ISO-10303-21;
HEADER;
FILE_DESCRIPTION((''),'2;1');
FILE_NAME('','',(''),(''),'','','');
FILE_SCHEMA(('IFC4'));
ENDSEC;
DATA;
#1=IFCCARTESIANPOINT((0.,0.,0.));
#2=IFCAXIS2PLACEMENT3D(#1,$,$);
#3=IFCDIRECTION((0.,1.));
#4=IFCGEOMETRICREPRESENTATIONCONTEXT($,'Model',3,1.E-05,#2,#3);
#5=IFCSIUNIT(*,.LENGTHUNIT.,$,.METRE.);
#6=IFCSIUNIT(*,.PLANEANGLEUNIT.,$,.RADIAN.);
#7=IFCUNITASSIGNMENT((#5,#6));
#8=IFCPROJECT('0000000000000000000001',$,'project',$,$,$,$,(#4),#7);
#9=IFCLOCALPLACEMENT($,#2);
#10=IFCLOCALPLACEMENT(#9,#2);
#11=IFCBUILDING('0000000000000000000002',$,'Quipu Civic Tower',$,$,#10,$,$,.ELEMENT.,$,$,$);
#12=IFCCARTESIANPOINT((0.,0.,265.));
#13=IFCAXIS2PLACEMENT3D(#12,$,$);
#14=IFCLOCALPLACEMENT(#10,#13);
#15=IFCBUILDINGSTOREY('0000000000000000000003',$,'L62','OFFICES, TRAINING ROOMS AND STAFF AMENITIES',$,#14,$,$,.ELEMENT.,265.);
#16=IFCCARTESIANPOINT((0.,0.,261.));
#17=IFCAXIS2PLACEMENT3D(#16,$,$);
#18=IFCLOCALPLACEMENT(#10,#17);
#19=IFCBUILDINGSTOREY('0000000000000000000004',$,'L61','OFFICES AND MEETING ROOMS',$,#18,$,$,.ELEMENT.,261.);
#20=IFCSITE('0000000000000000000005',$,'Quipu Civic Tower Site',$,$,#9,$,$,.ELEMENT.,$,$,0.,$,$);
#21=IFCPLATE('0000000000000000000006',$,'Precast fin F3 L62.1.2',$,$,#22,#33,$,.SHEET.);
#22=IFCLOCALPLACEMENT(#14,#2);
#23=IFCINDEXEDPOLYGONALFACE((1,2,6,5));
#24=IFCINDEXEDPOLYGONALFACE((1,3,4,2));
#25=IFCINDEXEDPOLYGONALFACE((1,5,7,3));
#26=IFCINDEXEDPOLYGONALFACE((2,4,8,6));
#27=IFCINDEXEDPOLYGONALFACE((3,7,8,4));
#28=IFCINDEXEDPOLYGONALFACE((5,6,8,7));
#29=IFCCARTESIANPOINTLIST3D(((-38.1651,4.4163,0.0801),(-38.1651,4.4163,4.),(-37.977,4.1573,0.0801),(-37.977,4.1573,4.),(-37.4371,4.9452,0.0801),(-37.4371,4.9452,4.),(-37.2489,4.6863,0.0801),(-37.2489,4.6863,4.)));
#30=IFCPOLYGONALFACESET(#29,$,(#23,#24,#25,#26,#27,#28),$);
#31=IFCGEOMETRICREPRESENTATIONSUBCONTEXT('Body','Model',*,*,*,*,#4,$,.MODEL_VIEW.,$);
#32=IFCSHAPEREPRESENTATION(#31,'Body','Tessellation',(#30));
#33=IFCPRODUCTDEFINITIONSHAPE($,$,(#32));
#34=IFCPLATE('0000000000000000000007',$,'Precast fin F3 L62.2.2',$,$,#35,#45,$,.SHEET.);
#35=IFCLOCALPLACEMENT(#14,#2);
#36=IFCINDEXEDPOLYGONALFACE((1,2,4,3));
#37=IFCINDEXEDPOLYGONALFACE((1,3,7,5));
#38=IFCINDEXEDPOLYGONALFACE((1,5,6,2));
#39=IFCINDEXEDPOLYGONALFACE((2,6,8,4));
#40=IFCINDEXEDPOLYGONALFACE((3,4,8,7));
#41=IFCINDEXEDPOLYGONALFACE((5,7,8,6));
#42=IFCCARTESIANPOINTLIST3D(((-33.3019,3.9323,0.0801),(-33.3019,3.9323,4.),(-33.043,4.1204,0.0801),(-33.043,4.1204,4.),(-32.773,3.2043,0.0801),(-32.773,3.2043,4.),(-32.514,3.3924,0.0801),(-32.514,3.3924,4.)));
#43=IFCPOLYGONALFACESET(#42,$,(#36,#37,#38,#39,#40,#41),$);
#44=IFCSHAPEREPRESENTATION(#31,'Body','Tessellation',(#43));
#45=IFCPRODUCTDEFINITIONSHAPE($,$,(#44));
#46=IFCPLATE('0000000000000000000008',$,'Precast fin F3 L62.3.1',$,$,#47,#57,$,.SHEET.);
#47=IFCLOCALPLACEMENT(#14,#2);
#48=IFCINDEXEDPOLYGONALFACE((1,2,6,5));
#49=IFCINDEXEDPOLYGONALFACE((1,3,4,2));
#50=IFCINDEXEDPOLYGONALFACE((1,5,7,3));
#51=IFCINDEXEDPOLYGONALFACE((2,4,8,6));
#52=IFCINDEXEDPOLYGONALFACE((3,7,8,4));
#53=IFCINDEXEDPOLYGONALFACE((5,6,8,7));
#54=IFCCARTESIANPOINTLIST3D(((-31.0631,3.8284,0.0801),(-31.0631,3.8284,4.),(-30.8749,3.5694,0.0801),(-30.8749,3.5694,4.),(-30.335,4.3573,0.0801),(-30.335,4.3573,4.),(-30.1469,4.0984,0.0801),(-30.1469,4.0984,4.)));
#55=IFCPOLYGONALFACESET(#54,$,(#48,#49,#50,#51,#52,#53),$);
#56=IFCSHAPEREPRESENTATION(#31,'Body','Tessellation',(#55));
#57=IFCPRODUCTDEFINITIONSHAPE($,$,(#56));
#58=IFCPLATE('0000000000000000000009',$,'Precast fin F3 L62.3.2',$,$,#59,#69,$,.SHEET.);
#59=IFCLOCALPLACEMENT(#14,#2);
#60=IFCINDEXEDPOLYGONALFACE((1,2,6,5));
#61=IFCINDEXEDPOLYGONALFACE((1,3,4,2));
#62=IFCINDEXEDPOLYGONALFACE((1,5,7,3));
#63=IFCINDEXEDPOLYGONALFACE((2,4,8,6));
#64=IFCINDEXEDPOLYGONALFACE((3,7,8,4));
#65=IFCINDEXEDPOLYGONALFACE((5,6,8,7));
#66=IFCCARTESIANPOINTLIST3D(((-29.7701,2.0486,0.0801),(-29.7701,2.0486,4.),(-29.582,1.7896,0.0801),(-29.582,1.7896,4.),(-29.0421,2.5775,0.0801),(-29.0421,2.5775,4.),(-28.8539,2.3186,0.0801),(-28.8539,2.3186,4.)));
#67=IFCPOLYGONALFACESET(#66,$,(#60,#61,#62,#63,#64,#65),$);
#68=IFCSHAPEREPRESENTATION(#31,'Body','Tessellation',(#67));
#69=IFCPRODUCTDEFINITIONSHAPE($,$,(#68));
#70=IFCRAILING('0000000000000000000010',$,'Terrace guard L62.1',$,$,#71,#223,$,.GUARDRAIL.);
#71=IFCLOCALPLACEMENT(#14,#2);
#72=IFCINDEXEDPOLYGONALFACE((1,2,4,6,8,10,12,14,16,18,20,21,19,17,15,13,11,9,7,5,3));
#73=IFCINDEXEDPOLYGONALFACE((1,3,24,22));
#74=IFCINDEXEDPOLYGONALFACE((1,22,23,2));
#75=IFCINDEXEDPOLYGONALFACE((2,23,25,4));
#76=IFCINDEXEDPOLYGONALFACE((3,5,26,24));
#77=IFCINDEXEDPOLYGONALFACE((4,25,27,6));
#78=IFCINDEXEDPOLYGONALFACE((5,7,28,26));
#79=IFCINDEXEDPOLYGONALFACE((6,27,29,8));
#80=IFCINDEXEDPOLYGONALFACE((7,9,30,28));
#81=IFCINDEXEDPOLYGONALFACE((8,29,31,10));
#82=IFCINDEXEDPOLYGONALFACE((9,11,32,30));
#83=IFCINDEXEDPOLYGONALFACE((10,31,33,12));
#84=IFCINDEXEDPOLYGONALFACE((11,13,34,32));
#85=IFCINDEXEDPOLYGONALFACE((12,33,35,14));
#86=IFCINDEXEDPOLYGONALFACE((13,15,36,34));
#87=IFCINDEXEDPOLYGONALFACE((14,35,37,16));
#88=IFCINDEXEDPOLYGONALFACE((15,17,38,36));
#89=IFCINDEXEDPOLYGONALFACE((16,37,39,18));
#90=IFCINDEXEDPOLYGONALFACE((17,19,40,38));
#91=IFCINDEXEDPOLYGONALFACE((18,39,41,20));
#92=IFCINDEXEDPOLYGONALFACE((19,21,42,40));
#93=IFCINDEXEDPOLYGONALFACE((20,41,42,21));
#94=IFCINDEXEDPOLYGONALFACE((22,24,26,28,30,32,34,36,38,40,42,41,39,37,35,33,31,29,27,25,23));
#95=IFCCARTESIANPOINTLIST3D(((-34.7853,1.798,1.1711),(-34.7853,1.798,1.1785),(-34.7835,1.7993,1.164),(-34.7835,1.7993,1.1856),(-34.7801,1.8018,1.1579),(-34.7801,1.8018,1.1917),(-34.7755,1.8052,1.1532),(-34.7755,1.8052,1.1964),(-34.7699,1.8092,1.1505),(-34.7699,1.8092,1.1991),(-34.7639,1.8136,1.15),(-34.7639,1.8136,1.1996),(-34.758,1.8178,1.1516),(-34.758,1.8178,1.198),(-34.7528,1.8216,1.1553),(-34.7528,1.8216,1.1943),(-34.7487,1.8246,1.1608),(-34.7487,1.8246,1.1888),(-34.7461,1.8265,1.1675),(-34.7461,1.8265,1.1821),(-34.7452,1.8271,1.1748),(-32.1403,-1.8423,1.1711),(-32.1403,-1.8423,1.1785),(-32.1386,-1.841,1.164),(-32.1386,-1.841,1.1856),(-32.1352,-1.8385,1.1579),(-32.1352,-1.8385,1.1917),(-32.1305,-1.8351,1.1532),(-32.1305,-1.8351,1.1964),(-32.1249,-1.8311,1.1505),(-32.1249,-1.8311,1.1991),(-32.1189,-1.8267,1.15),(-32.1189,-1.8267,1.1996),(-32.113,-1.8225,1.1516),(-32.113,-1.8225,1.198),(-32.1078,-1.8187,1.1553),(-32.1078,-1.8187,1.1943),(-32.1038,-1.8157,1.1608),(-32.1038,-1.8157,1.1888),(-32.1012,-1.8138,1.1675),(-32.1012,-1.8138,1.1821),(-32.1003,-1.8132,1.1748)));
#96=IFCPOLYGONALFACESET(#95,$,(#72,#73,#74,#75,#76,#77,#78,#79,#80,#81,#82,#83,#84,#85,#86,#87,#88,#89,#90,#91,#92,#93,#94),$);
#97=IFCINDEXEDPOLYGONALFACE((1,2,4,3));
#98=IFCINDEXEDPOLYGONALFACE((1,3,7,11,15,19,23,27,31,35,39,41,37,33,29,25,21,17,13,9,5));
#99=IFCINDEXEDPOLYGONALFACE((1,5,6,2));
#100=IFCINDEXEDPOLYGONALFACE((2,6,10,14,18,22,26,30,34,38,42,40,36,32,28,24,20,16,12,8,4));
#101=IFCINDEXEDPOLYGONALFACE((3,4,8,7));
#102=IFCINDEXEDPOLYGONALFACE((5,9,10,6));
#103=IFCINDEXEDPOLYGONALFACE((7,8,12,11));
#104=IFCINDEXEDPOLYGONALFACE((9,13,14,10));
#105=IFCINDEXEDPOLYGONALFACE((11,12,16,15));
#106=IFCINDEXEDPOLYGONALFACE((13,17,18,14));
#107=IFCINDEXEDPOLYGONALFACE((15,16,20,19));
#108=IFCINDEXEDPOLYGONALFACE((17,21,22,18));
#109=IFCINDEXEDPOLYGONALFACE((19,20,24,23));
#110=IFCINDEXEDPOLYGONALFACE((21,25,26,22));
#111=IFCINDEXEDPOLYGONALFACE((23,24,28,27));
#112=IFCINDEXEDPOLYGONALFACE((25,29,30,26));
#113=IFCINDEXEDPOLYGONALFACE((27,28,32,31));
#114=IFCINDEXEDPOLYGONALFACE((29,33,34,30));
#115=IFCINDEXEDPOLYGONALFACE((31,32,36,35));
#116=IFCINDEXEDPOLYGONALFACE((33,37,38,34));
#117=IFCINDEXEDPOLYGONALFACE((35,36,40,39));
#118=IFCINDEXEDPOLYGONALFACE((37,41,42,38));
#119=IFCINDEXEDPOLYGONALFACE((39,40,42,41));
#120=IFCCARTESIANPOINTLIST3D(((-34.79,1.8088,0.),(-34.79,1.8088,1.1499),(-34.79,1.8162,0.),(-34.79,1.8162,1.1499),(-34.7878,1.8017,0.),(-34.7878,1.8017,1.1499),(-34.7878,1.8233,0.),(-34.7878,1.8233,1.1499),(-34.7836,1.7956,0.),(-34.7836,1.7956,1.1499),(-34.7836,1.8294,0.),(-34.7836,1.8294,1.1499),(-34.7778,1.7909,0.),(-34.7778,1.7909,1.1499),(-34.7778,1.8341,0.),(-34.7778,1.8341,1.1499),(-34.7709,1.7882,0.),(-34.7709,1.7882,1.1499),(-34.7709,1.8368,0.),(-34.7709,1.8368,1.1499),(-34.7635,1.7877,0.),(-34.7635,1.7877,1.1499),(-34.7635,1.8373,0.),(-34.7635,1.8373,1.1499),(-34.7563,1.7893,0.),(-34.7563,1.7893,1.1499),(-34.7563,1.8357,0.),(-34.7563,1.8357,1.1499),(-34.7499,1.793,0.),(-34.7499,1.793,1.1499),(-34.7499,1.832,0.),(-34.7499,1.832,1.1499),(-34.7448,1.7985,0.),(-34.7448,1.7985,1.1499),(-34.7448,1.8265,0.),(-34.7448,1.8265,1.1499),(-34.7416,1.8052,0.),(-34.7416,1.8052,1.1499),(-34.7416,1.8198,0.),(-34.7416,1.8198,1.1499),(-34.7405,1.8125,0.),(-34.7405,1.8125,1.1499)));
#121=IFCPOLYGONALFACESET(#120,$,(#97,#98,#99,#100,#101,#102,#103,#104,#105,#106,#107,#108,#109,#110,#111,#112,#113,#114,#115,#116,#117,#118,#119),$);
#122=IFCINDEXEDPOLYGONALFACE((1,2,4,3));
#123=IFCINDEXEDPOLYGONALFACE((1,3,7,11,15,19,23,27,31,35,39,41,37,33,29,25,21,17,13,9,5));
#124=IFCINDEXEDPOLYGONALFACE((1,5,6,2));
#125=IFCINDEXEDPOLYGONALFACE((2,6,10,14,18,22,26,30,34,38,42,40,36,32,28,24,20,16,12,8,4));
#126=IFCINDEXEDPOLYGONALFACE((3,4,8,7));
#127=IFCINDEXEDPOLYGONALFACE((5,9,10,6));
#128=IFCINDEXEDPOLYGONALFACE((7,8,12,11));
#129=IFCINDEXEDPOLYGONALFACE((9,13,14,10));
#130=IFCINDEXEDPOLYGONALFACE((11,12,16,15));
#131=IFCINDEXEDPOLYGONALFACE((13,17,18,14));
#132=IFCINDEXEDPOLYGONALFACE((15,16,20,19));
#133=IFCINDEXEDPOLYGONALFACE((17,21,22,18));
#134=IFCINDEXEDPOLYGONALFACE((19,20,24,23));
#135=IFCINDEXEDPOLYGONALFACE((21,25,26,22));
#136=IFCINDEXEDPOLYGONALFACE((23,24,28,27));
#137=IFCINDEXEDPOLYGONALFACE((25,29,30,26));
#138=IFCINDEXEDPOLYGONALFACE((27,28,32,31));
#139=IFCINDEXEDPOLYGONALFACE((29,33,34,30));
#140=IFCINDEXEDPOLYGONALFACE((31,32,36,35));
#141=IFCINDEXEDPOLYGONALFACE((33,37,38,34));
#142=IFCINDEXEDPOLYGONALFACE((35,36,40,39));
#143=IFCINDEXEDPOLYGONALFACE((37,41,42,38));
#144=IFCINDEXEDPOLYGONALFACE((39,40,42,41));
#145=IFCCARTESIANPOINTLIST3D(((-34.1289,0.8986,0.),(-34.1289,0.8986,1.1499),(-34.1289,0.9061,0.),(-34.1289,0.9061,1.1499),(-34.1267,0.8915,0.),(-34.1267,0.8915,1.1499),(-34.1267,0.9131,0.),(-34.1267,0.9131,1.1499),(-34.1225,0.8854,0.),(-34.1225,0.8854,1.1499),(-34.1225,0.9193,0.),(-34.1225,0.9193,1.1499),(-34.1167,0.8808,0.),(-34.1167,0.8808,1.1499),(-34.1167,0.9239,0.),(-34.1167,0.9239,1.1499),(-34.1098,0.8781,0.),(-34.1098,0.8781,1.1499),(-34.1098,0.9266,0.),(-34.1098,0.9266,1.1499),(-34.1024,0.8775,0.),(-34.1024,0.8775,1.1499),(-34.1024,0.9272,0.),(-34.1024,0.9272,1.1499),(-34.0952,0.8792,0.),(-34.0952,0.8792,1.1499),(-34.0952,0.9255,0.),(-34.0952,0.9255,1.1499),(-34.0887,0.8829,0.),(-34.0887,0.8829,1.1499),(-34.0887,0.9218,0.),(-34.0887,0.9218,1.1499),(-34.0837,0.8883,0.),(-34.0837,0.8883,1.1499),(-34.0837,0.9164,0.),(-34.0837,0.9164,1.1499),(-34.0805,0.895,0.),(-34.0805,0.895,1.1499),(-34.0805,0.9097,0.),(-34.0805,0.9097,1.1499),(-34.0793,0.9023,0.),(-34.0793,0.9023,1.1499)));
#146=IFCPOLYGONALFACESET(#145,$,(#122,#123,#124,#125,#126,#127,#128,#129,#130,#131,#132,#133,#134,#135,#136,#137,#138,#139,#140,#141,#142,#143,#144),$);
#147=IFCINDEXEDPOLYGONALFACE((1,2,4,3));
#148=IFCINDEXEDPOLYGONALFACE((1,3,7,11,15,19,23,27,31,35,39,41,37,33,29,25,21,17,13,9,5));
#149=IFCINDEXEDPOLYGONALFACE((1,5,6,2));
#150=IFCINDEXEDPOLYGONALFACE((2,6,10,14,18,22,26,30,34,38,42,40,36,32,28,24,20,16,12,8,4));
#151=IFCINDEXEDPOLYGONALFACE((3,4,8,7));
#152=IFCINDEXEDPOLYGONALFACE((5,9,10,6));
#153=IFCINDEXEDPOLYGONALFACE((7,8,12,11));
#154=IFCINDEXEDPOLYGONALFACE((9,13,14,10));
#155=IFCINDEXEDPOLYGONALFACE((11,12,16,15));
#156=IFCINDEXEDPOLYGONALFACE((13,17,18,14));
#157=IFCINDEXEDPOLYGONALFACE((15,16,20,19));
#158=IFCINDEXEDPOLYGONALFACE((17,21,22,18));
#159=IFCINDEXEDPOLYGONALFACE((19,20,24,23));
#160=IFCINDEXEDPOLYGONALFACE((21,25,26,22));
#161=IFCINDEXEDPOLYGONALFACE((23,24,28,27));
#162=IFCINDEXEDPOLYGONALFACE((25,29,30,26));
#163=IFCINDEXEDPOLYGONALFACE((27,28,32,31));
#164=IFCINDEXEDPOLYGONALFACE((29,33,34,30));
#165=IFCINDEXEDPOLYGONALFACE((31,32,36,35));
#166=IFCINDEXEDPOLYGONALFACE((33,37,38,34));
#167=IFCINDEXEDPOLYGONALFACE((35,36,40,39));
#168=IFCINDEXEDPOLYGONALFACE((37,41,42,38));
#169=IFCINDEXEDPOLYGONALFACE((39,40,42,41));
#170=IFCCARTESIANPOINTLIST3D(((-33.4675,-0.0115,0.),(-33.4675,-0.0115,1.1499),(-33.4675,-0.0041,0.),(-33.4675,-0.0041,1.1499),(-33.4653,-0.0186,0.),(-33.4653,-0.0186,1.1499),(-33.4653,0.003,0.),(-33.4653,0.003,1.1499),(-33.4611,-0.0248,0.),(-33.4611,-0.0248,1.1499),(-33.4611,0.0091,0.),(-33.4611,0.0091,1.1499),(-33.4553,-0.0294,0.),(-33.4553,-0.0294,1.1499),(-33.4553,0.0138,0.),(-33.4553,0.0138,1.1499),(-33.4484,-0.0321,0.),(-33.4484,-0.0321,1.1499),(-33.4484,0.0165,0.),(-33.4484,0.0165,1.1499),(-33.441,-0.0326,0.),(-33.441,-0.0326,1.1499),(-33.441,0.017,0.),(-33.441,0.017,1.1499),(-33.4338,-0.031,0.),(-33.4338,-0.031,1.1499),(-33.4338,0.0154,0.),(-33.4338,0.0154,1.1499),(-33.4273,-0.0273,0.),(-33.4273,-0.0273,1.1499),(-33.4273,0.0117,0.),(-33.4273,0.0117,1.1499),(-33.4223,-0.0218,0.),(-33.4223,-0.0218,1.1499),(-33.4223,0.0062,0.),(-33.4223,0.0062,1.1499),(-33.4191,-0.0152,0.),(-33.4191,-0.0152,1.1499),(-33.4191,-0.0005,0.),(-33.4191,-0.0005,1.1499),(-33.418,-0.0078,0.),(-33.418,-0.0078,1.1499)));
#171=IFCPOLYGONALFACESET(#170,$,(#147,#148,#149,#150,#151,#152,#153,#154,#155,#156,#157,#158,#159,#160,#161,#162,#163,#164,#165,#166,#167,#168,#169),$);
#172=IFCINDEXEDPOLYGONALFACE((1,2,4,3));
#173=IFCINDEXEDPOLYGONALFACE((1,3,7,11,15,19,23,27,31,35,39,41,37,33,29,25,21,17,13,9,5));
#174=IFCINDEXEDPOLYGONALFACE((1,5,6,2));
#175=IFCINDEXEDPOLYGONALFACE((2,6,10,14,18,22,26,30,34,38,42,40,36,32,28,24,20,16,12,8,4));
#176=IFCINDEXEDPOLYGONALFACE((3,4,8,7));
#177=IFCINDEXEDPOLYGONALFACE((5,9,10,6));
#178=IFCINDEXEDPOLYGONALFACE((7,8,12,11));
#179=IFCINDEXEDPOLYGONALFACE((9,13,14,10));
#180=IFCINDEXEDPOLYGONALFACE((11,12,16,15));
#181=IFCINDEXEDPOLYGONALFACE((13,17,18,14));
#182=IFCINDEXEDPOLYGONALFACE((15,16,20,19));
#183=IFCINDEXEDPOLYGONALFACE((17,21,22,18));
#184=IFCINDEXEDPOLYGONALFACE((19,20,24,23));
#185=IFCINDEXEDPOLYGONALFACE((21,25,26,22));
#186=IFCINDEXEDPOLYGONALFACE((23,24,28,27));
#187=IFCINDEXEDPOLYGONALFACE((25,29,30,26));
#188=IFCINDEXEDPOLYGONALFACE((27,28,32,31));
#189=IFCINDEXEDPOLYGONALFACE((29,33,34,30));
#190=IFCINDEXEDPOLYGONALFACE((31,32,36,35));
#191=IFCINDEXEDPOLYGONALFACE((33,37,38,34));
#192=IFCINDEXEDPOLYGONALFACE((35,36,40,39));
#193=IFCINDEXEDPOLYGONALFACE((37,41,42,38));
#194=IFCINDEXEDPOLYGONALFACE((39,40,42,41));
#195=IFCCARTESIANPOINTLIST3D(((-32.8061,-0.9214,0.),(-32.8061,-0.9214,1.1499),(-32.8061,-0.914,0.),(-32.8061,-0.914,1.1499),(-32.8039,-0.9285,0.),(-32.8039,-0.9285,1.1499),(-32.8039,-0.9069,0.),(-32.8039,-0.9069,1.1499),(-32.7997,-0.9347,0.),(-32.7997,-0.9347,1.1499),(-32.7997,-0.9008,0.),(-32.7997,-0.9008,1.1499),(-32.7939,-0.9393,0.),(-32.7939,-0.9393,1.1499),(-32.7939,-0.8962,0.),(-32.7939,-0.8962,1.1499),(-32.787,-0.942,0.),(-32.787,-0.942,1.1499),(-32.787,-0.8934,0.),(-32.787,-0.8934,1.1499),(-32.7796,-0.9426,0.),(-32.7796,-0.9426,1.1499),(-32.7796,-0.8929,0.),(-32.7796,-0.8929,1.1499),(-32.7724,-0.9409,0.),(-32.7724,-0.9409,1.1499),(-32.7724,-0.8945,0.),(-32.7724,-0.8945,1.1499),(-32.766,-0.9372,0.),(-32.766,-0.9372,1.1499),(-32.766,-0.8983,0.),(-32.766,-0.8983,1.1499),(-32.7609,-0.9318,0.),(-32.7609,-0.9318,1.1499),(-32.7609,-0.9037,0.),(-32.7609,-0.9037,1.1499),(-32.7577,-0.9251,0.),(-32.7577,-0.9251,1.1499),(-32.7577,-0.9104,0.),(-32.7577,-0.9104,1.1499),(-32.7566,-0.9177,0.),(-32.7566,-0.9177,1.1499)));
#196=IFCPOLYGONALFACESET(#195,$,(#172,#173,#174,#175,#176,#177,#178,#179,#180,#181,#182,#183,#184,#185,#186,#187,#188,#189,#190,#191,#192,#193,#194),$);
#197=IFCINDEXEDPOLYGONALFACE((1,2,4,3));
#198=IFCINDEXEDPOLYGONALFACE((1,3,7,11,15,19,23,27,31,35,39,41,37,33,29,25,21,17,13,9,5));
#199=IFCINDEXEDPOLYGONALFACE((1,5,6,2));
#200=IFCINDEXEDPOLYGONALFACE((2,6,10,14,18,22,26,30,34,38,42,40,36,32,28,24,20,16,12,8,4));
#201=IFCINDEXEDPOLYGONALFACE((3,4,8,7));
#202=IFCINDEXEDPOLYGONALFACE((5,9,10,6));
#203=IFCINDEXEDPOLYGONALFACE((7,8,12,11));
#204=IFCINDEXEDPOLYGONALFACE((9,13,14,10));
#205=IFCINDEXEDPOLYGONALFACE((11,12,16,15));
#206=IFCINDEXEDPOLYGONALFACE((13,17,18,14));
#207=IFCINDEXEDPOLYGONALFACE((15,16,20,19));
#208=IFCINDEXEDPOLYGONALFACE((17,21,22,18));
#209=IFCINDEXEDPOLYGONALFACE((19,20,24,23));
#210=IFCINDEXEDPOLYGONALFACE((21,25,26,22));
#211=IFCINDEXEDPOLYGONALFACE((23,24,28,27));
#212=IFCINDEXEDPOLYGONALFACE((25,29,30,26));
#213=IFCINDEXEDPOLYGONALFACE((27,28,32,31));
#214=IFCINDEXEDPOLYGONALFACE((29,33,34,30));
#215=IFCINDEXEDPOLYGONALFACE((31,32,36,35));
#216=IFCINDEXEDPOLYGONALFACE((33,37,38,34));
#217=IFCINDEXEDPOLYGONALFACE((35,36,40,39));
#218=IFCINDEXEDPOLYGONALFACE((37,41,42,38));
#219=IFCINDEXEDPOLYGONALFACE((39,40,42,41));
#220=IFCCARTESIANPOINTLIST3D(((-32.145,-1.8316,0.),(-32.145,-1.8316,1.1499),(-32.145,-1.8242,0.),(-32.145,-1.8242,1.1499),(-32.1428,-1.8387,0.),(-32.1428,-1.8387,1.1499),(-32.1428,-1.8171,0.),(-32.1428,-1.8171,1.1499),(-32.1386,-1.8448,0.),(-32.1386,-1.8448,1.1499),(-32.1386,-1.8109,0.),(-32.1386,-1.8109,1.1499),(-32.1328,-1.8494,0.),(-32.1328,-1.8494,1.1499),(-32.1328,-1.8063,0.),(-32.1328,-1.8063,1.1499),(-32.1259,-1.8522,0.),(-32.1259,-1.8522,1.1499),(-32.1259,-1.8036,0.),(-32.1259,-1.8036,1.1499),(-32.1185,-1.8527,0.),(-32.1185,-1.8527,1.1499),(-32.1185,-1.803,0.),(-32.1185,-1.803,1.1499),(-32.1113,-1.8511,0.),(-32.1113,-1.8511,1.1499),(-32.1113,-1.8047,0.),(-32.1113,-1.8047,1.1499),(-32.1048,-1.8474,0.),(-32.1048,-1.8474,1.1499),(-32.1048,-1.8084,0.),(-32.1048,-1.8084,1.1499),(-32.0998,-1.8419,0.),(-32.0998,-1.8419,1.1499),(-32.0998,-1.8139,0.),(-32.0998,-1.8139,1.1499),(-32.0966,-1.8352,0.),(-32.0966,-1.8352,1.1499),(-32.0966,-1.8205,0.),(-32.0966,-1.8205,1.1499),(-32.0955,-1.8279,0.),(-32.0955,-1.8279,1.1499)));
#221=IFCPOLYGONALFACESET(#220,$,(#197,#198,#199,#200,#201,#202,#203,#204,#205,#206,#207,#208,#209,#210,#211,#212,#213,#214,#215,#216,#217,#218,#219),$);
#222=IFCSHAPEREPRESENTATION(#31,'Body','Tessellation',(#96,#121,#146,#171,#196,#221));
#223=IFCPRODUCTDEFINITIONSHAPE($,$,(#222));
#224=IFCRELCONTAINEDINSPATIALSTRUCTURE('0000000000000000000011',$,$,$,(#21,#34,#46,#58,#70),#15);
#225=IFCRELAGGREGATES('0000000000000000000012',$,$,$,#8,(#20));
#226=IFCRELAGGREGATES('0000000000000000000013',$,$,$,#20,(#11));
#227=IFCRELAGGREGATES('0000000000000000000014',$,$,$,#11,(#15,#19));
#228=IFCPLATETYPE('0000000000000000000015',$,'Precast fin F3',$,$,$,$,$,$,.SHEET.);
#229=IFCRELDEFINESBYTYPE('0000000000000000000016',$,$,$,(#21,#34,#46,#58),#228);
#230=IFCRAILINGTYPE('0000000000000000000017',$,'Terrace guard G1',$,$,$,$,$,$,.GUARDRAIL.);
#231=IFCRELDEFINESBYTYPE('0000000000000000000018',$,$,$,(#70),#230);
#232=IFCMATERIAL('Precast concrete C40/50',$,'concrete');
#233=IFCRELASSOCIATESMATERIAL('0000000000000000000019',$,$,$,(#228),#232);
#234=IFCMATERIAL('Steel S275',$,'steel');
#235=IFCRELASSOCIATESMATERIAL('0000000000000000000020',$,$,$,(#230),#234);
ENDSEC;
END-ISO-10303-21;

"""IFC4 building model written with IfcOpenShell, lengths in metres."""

from ifc_helpers import new_model, si_unit, direction, frame, origin, origin_2d, place, context, subcontext, project, spatial, rectangle, circle, extrude, material, type_object, element, save


model = new_model("IFC4")

# Units and contexts
model_context = context("Model", 3, precision=1e-05, world=origin(), true_north=direction((0.0, 1.0)))
body_context = subcontext(model_context, "Body", "Model", "MODEL_VIEW")
ifc_project = project(units=[si_unit("LENGTHUNIT", "METRE"), si_unit("PLANEANGLEUNIT", "RADIAN")], contexts=[model_context])

# Site, building, storey
site_placement = place(None, origin())
site = spatial("IfcSite", under=ifc_project, at=site_placement, Name="Quipu Civic Tower Site", CompositionType="ELEMENT", RefElevation=0.0)
building_placement = place(site_placement, origin())
building = spatial("IfcBuilding", under=site, at=building_placement, Name="Quipu Civic Tower", CompositionType="ELEMENT")
storey_1_placement = place(building_placement, frame((0.0, 0.0, 265.0)))
storey_1 = spatial("IfcBuildingStorey", under=building, at=storey_1_placement, Name="L62", Description="OFFICES, TRAINING ROOMS AND STAFF AMENITIES", CompositionType="ELEMENT", Elevation=265.0)

# Shared definitions
storey_2_placement = place(building_placement, frame((0.0, 0.0, 261.0)))
storey_2 = spatial("IfcBuildingStorey", under=building, at=storey_2_placement, Name="L61", Description="OFFICES AND MEETING ROOMS", CompositionType="ELEMENT", Elevation=261.0)

# Plates
ifc_material_1 = material(Name="Precast concrete C40/50", Category="concrete")
plate_type_1 = type_object("IfcPlateType", Name="Precast fin F3", PredefinedType="SHEET", material=ifc_material_1)
for number, where, z_axis, x_axis, name in (
    (1, (-37.707, 4.5513, 0.0801), (0.0, 0.0, 1.0), (0.587788, -0.809015, 0.0), "Precast fin F3 L62.1.2"),
    (2, (-32.908, 3.6624, 0.0801), (0.0, 0.0, 1.0), (0.809021, 0.58778, 0.0), "Precast fin F3 L62.2.2"),
    (3, (-30.605, 3.9634, 0.0801), (0.0, 0.0, 1.0), (0.587784, -0.809018, 0.0), "Precast fin F3 L62.3.1"),
    (4, (-29.312, 2.1836, 0.0801), (0.0, 0.0, 1.0), (0.587784, -0.809018, 0.0), "Precast fin F3 L62.3.2"),
):
    element("IfcPlate", number, at=place(storey_1_placement, frame(where, z_axis=z_axis, x_axis=x_axis)), inside=storey_1, type_object=plate_type_1, Name=name, PredefinedType="SHEET", context=body_context, shape_type="SweptSolid", body=[
        extrude(rectangle(XDim=0.3201, YDim=0.8999, at=origin_2d()), origin(), (0.0, 0.0, 1.0), 3.9199),
    ])

# Railing
ifc_material_2 = material(Name="Steel S275", Category="steel")
railing_type = type_object("IfcRailingType", Name="Terrace guard G1", PredefinedType="GUARDRAIL", material=ifc_material_2)
railing_1_placement = place(storey_1_placement, frame((-34.7654, 1.8125, 0.0)))
element("IfcRailing", 5, at=railing_1_placement, inside=storey_1, type_object=railing_type, Name="Terrace guard L62.1", PredefinedType="GUARDRAIL", context=body_context, shape_type="SweptSolid", body=[
    extrude(circle(Radius=0.0249, at=origin_2d()), frame((0.0, 0.0, 1.1748), z_axis=(0.587804, -0.809003, 0.0), x_axis=(0.809003, 0.587804, 0.0)), (0.0, 0.0, 1.0), 4.4998),
    extrude(circle(Radius=0.0249, at=origin_2d()), origin(), (0.0, 0.0, 1.0), 1.1499),
    extrude(circle(Radius=0.0249, at=origin_2d()), frame((0.6611, -0.9102, 0.0)), (0.0, 0.0, 1.0), 1.1499),
    extrude(circle(Radius=0.0249, at=origin_2d()), frame((1.3225, -1.8203, 0.0)), (0.0, 0.0, 1.0), 1.1499),
    extrude(circle(Radius=0.0249, at=origin_2d()), frame((1.9839, -2.7302, 0.0)), (0.0, 0.0, 1.0), 1.1499),
    extrude(circle(Radius=0.0249, at=origin_2d()), frame((2.645, -3.6404, 0.0)), (0.0, 0.0, 1.0), 1.1499),
])

save(model, "model.ifc")
